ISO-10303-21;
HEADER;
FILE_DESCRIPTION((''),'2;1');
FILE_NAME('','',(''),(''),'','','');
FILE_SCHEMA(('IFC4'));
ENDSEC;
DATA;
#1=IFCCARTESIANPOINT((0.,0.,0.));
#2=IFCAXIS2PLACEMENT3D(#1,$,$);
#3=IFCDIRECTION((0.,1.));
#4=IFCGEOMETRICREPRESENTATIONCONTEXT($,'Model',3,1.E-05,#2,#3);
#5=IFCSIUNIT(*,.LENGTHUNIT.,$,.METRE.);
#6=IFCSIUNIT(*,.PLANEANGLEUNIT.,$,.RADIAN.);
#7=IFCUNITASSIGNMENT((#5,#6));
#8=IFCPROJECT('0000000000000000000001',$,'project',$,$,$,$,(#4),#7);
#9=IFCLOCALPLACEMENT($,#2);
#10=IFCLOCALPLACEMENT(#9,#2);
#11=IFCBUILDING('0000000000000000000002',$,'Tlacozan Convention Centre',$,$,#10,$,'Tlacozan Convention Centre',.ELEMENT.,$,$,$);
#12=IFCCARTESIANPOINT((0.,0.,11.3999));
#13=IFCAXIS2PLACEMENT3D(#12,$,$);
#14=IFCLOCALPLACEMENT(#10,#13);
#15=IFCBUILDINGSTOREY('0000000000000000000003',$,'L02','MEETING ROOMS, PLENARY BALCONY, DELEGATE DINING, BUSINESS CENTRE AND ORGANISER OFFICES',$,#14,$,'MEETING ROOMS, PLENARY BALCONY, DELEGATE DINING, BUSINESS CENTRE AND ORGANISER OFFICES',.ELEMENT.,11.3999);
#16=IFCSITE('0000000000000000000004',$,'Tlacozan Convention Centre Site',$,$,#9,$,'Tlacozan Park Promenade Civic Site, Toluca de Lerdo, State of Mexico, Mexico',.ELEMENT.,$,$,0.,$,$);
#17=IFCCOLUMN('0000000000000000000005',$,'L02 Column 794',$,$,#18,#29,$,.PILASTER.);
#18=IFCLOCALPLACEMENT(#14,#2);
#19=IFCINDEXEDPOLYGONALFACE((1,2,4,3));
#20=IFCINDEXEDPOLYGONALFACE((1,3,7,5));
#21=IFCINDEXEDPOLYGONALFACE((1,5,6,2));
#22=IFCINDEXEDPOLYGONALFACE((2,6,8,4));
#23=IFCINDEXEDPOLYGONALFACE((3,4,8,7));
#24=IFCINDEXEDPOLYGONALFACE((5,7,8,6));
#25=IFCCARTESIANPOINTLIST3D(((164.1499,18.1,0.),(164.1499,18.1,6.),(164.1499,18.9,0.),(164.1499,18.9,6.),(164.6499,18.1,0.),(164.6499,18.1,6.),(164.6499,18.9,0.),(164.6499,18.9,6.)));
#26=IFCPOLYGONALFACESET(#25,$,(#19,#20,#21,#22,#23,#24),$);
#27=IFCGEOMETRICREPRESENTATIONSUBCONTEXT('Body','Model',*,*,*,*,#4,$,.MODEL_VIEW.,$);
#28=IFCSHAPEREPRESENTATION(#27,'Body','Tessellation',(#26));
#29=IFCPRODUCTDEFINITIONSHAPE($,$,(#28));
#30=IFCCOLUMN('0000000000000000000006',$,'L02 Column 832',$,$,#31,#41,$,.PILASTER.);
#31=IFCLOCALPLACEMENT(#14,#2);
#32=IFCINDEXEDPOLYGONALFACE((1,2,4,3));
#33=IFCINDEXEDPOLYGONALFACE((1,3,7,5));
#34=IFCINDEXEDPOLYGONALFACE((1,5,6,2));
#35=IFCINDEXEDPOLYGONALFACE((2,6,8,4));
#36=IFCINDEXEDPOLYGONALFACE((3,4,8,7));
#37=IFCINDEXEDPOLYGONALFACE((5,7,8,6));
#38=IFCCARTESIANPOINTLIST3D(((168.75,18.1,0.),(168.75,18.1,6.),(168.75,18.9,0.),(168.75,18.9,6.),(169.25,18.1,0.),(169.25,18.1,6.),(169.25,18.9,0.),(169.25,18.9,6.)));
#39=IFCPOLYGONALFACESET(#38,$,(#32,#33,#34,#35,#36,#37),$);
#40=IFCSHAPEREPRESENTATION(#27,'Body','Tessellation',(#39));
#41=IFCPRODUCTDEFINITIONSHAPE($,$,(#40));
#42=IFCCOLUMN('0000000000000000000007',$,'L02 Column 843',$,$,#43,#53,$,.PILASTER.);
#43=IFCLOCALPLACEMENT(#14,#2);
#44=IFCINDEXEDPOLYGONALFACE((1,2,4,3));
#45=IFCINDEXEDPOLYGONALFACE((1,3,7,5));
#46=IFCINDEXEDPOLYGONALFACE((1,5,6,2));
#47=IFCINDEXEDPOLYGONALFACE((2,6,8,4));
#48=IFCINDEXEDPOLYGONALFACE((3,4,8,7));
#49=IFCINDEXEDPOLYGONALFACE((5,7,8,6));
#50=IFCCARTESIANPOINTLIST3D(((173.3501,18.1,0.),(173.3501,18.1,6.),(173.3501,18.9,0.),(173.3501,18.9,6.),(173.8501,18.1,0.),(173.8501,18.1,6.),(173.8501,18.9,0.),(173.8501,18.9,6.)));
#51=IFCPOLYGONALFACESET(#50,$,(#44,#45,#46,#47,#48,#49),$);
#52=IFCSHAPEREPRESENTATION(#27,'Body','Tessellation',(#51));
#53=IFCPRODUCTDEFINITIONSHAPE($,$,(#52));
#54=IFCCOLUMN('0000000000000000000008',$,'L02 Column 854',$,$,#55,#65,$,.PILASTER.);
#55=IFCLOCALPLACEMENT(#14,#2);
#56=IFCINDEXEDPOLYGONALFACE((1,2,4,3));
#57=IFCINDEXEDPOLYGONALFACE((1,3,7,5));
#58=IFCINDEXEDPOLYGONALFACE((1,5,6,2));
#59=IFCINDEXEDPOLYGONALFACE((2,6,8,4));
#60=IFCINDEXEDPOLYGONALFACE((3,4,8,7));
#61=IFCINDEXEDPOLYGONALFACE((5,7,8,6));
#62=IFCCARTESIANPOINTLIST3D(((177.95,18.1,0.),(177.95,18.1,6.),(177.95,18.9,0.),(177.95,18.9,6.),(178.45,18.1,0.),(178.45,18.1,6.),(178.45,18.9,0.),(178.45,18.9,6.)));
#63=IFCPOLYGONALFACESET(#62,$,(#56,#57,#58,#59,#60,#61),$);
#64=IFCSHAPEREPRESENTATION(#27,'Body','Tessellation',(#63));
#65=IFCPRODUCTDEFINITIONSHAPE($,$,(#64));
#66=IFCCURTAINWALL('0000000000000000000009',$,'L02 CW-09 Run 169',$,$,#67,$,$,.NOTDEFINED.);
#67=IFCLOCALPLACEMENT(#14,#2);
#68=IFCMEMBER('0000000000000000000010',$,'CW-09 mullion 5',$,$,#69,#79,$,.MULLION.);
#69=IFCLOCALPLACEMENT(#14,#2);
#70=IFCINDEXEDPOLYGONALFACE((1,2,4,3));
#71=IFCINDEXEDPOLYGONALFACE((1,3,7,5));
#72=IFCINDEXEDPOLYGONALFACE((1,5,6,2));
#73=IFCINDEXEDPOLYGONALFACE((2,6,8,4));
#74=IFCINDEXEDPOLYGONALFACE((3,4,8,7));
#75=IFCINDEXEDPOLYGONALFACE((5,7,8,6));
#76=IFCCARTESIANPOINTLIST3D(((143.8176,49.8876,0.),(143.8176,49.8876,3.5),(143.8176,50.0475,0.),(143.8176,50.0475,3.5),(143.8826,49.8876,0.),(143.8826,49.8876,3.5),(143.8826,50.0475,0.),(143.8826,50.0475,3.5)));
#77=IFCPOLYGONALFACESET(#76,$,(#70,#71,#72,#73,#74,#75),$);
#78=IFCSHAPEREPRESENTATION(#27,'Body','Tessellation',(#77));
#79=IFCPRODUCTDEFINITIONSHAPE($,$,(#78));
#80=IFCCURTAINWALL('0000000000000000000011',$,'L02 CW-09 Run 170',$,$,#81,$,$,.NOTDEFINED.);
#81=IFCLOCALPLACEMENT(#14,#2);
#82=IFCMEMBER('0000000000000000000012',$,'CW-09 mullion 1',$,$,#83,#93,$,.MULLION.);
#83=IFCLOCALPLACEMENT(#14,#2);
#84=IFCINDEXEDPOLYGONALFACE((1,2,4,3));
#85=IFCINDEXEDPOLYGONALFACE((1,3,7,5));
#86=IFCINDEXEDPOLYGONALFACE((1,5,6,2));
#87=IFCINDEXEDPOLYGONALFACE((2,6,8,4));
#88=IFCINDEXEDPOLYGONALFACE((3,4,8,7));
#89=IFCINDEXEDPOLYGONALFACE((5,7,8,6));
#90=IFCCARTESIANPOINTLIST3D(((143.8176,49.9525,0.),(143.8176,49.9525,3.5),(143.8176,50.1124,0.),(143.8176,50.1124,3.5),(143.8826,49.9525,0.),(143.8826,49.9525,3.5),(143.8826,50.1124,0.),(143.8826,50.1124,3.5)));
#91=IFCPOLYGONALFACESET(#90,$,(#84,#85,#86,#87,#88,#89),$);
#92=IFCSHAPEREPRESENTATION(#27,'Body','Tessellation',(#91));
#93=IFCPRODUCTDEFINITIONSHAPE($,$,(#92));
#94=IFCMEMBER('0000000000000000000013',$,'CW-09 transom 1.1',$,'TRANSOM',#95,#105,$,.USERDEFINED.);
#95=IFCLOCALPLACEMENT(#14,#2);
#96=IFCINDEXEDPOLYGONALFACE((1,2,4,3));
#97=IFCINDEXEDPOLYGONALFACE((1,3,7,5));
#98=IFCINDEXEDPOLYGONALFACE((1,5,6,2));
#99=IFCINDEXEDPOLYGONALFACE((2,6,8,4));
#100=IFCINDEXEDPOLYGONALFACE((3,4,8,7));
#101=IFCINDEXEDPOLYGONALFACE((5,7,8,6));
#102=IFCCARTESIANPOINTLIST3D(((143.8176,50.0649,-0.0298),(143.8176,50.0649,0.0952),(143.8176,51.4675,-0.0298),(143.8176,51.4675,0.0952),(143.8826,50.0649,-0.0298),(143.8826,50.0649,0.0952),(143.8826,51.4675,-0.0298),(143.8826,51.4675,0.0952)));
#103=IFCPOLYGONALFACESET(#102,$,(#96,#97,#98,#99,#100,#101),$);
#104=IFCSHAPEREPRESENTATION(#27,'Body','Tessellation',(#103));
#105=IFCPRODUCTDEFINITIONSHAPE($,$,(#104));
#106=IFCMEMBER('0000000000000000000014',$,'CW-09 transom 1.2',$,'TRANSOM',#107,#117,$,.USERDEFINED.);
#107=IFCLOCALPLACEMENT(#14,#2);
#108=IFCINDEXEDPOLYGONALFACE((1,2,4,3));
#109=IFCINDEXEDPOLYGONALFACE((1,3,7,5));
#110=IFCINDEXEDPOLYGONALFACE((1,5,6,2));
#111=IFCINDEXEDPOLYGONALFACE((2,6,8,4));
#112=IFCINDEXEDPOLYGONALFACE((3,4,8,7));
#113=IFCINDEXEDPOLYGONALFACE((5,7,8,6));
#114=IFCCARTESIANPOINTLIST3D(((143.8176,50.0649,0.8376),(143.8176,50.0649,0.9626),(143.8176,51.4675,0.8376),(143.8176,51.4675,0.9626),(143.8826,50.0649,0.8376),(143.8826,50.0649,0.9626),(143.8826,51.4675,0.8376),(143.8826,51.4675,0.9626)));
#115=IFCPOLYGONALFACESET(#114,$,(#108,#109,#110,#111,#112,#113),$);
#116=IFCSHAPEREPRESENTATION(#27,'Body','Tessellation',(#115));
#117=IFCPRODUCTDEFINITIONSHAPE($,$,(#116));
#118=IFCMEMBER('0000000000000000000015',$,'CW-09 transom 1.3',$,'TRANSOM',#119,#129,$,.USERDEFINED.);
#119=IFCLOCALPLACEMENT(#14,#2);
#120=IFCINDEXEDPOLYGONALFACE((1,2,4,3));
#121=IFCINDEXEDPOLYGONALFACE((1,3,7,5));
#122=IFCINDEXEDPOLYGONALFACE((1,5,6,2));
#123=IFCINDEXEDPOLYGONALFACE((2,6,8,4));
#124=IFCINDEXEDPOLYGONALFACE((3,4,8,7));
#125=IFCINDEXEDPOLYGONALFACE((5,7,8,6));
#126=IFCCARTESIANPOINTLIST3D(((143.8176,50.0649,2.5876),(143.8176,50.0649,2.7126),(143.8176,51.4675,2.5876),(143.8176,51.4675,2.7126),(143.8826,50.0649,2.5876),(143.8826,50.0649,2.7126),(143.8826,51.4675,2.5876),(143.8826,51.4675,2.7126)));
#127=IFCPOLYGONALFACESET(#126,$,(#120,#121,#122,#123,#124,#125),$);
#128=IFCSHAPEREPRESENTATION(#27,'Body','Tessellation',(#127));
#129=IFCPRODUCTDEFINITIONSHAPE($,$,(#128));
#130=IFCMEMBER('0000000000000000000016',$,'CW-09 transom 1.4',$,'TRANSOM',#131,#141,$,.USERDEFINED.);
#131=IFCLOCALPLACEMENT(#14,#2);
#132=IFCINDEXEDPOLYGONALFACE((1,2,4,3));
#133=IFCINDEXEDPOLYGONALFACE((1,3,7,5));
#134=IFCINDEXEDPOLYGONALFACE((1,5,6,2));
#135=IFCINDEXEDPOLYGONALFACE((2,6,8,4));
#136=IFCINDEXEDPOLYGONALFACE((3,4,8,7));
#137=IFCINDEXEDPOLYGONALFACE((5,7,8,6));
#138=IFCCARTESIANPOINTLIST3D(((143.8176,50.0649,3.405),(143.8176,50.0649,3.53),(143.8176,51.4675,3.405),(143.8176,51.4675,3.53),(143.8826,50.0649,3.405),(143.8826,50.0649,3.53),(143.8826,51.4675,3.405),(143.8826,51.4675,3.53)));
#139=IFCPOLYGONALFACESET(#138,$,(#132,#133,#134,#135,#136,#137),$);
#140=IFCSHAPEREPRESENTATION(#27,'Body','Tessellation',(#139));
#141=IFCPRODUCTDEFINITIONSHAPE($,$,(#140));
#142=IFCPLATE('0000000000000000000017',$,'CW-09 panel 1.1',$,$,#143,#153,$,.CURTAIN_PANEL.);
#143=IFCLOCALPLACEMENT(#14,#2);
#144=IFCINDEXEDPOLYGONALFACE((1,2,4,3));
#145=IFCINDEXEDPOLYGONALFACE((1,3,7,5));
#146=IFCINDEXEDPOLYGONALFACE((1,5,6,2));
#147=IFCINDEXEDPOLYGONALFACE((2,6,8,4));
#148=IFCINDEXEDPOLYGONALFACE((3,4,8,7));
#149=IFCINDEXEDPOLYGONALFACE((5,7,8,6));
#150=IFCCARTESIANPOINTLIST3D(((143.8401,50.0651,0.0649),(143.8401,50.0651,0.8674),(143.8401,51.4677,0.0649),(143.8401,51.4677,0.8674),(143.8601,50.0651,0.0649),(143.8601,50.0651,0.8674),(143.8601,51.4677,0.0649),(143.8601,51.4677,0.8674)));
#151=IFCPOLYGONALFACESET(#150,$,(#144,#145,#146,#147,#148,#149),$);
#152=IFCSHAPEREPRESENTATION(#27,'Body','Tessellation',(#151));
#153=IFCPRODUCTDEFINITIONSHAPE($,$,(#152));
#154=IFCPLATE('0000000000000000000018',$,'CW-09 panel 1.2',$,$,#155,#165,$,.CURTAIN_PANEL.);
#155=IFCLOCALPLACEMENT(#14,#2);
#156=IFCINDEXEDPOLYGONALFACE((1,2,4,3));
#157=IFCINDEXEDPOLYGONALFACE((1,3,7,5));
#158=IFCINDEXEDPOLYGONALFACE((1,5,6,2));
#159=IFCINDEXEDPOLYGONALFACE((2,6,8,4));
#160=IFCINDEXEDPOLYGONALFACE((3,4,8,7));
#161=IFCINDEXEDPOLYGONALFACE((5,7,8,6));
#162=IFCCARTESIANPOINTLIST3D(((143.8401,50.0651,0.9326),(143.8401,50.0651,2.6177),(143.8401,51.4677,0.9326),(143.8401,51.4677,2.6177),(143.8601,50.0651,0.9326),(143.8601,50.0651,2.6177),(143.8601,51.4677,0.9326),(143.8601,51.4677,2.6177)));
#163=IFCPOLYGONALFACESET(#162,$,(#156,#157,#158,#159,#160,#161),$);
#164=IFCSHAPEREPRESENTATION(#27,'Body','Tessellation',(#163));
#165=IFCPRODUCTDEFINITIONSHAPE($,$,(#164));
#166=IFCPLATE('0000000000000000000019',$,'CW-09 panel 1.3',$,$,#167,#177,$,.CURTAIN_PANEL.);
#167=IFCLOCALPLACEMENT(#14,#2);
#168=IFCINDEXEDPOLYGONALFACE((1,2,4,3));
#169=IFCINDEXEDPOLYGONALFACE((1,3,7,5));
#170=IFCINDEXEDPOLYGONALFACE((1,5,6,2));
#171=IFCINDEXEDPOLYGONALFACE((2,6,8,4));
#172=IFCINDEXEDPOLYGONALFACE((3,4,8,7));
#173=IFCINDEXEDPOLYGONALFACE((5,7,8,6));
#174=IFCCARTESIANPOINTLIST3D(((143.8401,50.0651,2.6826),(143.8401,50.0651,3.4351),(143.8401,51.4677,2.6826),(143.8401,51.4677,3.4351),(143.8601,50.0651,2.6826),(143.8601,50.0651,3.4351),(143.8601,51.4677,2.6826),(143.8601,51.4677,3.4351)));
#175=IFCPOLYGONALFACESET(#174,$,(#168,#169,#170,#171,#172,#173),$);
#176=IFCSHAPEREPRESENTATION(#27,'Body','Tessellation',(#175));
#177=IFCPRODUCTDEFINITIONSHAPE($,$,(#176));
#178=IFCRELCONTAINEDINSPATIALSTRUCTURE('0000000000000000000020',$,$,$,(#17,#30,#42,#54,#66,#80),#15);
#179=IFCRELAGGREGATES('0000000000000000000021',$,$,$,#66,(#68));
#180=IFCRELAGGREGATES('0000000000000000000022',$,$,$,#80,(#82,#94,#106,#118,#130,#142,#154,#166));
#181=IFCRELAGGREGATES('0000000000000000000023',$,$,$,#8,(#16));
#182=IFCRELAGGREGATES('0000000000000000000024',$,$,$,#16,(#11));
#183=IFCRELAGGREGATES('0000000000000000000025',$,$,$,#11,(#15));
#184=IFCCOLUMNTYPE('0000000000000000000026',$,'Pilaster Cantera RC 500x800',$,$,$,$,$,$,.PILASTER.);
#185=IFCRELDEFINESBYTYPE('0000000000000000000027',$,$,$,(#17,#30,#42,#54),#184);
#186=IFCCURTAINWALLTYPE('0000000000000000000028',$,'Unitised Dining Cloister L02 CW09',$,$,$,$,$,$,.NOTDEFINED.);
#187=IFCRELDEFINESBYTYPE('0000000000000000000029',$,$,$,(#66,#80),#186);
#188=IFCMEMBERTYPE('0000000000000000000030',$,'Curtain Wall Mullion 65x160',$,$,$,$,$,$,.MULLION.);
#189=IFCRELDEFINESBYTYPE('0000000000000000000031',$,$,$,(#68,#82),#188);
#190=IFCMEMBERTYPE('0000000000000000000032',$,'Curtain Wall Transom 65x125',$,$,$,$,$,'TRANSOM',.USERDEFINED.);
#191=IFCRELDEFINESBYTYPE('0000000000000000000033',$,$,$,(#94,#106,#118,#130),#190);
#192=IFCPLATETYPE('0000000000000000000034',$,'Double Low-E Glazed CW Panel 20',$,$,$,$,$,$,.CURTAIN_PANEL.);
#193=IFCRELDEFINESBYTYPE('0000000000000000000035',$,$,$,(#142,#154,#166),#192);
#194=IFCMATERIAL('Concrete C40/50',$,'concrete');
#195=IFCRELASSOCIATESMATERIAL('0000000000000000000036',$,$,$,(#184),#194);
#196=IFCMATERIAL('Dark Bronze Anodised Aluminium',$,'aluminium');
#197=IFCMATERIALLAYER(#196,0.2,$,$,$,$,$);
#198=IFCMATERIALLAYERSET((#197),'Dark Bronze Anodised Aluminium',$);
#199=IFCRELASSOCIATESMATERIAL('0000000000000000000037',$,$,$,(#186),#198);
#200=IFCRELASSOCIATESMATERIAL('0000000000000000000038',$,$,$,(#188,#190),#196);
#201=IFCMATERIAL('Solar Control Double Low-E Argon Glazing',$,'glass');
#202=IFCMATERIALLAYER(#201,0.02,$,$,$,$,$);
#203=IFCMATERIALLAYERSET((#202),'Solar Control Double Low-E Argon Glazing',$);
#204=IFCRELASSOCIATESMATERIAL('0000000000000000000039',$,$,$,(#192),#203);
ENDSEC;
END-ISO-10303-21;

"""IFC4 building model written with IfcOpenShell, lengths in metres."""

from ifc_helpers import new_model, si_unit, direction, frame, origin, origin_2d, place, context, subcontext, project, spatial, rectangle, extrude, material, layer, layer_set, material_profile, profile_set, type_object, element, aggregate, save


model = new_model("IFC4")

# Units and contexts
model_context = context("Model", 3, precision=1e-05, world=origin(), true_north=direction((0.0, 1.0)))
body_context = subcontext(model_context, "Body", "Model", "MODEL_VIEW")
ifc_project = project(units=[si_unit("LENGTHUNIT", "METRE"), si_unit("PLANEANGLEUNIT", "RADIAN")], contexts=[model_context])

# Site, building, storey
site_placement = place(None, origin())
site = spatial("IfcSite", under=ifc_project, at=site_placement, Name="Tlacozan Convention Centre Site", LongName="Tlacozan Park Promenade Civic Site, Toluca de Lerdo, State of Mexico, Mexico", CompositionType="ELEMENT", RefElevation=0.0)
building_placement = place(site_placement, origin())
building = spatial("IfcBuilding", under=site, at=building_placement, Name="Tlacozan Convention Centre", LongName="Tlacozan Convention Centre", CompositionType="ELEMENT")
storey_placement = place(building_placement, frame((0.0, 0.0, 11.3999)))
storey = spatial("IfcBuildingStorey", under=building, at=storey_placement, Name="L02", Description="MEETING ROOMS, PLENARY BALCONY, DELEGATE DINING, BUSINESS CENTRE AND ORGANISER OFFICES", LongName="MEETING ROOMS, PLENARY BALCONY, DELEGATE DINING, BUSINESS CENTRE AND ORGANISER OFFICES", CompositionType="ELEMENT", Elevation=11.3999)

# Columns
ifc_material_1 = material(Name="Concrete C40/50", Category="concrete")
ifc_material_profile_1 = material_profile(ifc_material_1, rectangle(XDim=0.5, YDim=0.8, at=origin_2d()), Name="RC 500x800")
ifc_profile_set_1 = profile_set([ifc_material_profile_1], Name="Concrete C40/50")
column_type = type_object("IfcColumnType", Name="Pilaster Cantera RC 500x800", PredefinedType="PILASTER", material=ifc_profile_set_1)
for number, where, z_axis, x_axis, name in (
    (1, (164.3999, 18.5, 0.0), (0.0, 0.0, 1.0), (1.0, 0.0, 0.0), "L02 Column 794"),
    (2, (169.0, 18.5, 0.0), (0.0, 0.0, 1.0), (1.0, 0.0, 0.0), "L02 Column 832"),
    (3, (173.6001, 18.5, 0.0), (0.0, 0.0, 1.0), (1.0, 0.0, 0.0), "L02 Column 843"),
    (4, (178.2, 18.5, 0.0), (0.0, 0.0, 1.0), (1.0, 0.0, 0.0), "L02 Column 854"),
):
    element("IfcColumn", number, at=place(storey_placement, frame(where, z_axis=z_axis, x_axis=x_axis)), inside=storey, type_object=column_type, Name=name, PredefinedType="PILASTER", context=body_context, shape_type="SweptSolid", body=[
        extrude(rectangle(XDim=0.5, YDim=0.8, at=origin_2d()), origin(), (0.0, 0.0, 1.0), 6.0),
    ])

# Curtain wall, member
ifc_material_2 = material(Name="Dark Bronze Anodised Aluminium", Category="aluminium")
ifc_layer_1 = layer(ifc_material_2, 0.2)
ifc_layer_set_1 = layer_set([ifc_layer_1], Name="Dark Bronze Anodised Aluminium")
curtain_wall_type = type_object("IfcCurtainWallType", Name="Unitised Dining Cloister L02 CW09", PredefinedType="NOTDEFINED", material=ifc_layer_set_1)
curtain_wall_1_placement = place(storey_placement, origin())
curtain_wall_1 = element("IfcCurtainWall", 5, at=curtain_wall_1_placement, inside=storey, type_object=curtain_wall_type, Name="L02 CW-09 Run 169", PredefinedType="NOTDEFINED")
ifc_material_profile_2 = material_profile(ifc_material_2, rectangle(XDim=0.0649, YDim=0.1599, at=origin_2d()), Name="ALU 65x160")
ifc_profile_set_2 = profile_set([ifc_material_profile_2], Name="Dark Bronze Anodised Aluminium")
member_type_1 = type_object("IfcMemberType", Name="Curtain Wall Mullion 65x160", PredefinedType="MULLION", material=ifc_profile_set_2)
member_1_placement = place(storey_placement, frame((143.8501, 49.9675, 0.0), z_axis=(0.0, 0.0, 1.0), x_axis=(-1.0, 0.0, 0.0)))
member_1 = element("IfcMember", 6, at=member_1_placement, type_object=member_type_1, Name="CW-09 mullion 5", PredefinedType="MULLION", context=body_context, shape_type="SweptSolid", body=[
    extrude(rectangle(XDim=0.0649, YDim=0.1599, at=origin_2d()), origin(), (0.0, 0.0, 1.0), 3.5),
])
aggregate(curtain_wall_1, [member_1])

# Curtain wall, members, plates
curtain_wall_2_placement = place(storey_placement, origin())
curtain_wall_2 = element("IfcCurtainWall", 7, at=curtain_wall_2_placement, inside=storey, type_object=curtain_wall_type, Name="L02 CW-09 Run 170", PredefinedType="NOTDEFINED")
member_2_placement = place(storey_placement, frame((143.8501, 50.0325, 0.0), z_axis=(0.0, 0.0, 1.0), x_axis=(-1.0, 0.0, 0.0)))
member_2 = element("IfcMember", 8, at=member_2_placement, type_object=member_type_1, Name="CW-09 mullion 1", PredefinedType="MULLION", context=body_context, shape_type="SweptSolid", body=[
    extrude(rectangle(XDim=0.0649, YDim=0.1599, at=origin_2d()), origin(), (0.0, 0.0, 1.0), 3.5),
])
ifc_material_profile_3 = material_profile(ifc_material_2, rectangle(XDim=0.0649, YDim=0.125, at=origin_2d()), Name="ALU 65x125")
ifc_profile_set_3 = profile_set([ifc_material_profile_3], Name="Dark Bronze Anodised Aluminium")
member_type_2 = type_object("IfcMemberType", Name="Curtain Wall Transom 65x125", ElementType="TRANSOM", PredefinedType="USERDEFINED", material=ifc_profile_set_3)
member_3_placement = place(storey_placement, frame((143.8501, 50.0649, 0.0327), z_axis=(0.0, 1.0, 0.0), x_axis=(-1.0, 0.0, 0.0)))
member_3 = element("IfcMember", 9, at=member_3_placement, type_object=member_type_2, Name="CW-09 transom 1.1", ObjectType="TRANSOM", PredefinedType="USERDEFINED", context=body_context, shape_type="SweptSolid", body=[
    extrude(rectangle(XDim=0.0649, YDim=0.125, at=origin_2d()), origin(), (0.0, 0.0, 1.0), 1.4026),
])
member_4_placement = place(storey_placement, frame((143.8501, 50.0649, 0.9001), z_axis=(0.0, 1.0, 0.0), x_axis=(-1.0, 0.0, 0.0)))
member_4 = element("IfcMember", 10, at=member_4_placement, type_object=member_type_2, Name="CW-09 transom 1.2", ObjectType="TRANSOM", PredefinedType="USERDEFINED", context=body_context, shape_type="SweptSolid", body=[
    extrude(rectangle(XDim=0.0649, YDim=0.125, at=origin_2d()), origin(), (0.0, 0.0, 1.0), 1.4026),
])
member_5_placement = place(storey_placement, frame((143.8501, 50.0649, 2.6501), z_axis=(0.0, 1.0, 0.0), x_axis=(-1.0, 0.0, 0.0)))
member_5 = element("IfcMember", 11, at=member_5_placement, type_object=member_type_2, Name="CW-09 transom 1.3", ObjectType="TRANSOM", PredefinedType="USERDEFINED", context=body_context, shape_type="SweptSolid", body=[
    extrude(rectangle(XDim=0.0649, YDim=0.125, at=origin_2d()), origin(), (0.0, 0.0, 1.0), 1.4026),
])
member_6_placement = place(storey_placement, frame((143.8501, 50.0649, 3.4675), z_axis=(0.0, 1.0, 0.0), x_axis=(-1.0, 0.0, 0.0)))
member_6 = element("IfcMember", 12, at=member_6_placement, type_object=member_type_2, Name="CW-09 transom 1.4", ObjectType="TRANSOM", PredefinedType="USERDEFINED", context=body_context, shape_type="SweptSolid", body=[
    extrude(rectangle(XDim=0.0649, YDim=0.125, at=origin_2d()), origin(), (0.0, 0.0, 1.0), 1.4026),
])
ifc_material_3 = material(Name="Solar Control Double Low-E Argon Glazing", Category="glass")
ifc_layer_2 = layer(ifc_material_3, 0.02)
ifc_layer_set_2 = layer_set([ifc_layer_2], Name="Solar Control Double Low-E Argon Glazing")
plate_type = type_object("IfcPlateType", Name="Double Low-E Glazed CW Panel 20", PredefinedType="CURTAIN_PANEL", material=ifc_layer_set_2)
plate_1_placement = place(storey_placement, frame((143.8501, 50.7664, 0.0649), z_axis=(0.0, 0.0, 1.0), x_axis=(0.0, 1.0, 0.0)))
plate_1 = element("IfcPlate", 13, at=plate_1_placement, type_object=plate_type, Name="CW-09 panel 1.1", PredefinedType="CURTAIN_PANEL", context=body_context, shape_type="SweptSolid", body=[
    extrude(rectangle(XDim=1.4026, YDim=0.02, at=origin_2d()), origin(), (0.0, 0.0, 1.0), 0.8025),
])
plate_2_placement = place(storey_placement, frame((143.8501, 50.7664, 0.9326), z_axis=(0.0, 0.0, 1.0), x_axis=(0.0, 1.0, 0.0)))
plate_2 = element("IfcPlate", 14, at=plate_2_placement, type_object=plate_type, Name="CW-09 panel 1.2", PredefinedType="CURTAIN_PANEL", context=body_context, shape_type="SweptSolid", body=[
    extrude(rectangle(XDim=1.4026, YDim=0.02, at=origin_2d()), origin(), (0.0, 0.0, 1.0), 1.6851),
])
plate_3_placement = place(storey_placement, frame((143.8501, 50.7664, 2.6826), z_axis=(0.0, 0.0, 1.0), x_axis=(0.0, 1.0, 0.0)))
plate_3 = element("IfcPlate", 15, at=plate_3_placement, type_object=plate_type, Name="CW-09 panel 1.3", PredefinedType="CURTAIN_PANEL", context=body_context, shape_type="SweptSolid", body=[
    extrude(rectangle(XDim=1.4026, YDim=0.02, at=origin_2d()), origin(), (0.0, 0.0, 1.0), 0.7524),
])
aggregate(curtain_wall_2, [member_2, member_3, member_4, member_5, member_6, plate_1, plate_2, plate_3])

save(model, "model.ifc")
